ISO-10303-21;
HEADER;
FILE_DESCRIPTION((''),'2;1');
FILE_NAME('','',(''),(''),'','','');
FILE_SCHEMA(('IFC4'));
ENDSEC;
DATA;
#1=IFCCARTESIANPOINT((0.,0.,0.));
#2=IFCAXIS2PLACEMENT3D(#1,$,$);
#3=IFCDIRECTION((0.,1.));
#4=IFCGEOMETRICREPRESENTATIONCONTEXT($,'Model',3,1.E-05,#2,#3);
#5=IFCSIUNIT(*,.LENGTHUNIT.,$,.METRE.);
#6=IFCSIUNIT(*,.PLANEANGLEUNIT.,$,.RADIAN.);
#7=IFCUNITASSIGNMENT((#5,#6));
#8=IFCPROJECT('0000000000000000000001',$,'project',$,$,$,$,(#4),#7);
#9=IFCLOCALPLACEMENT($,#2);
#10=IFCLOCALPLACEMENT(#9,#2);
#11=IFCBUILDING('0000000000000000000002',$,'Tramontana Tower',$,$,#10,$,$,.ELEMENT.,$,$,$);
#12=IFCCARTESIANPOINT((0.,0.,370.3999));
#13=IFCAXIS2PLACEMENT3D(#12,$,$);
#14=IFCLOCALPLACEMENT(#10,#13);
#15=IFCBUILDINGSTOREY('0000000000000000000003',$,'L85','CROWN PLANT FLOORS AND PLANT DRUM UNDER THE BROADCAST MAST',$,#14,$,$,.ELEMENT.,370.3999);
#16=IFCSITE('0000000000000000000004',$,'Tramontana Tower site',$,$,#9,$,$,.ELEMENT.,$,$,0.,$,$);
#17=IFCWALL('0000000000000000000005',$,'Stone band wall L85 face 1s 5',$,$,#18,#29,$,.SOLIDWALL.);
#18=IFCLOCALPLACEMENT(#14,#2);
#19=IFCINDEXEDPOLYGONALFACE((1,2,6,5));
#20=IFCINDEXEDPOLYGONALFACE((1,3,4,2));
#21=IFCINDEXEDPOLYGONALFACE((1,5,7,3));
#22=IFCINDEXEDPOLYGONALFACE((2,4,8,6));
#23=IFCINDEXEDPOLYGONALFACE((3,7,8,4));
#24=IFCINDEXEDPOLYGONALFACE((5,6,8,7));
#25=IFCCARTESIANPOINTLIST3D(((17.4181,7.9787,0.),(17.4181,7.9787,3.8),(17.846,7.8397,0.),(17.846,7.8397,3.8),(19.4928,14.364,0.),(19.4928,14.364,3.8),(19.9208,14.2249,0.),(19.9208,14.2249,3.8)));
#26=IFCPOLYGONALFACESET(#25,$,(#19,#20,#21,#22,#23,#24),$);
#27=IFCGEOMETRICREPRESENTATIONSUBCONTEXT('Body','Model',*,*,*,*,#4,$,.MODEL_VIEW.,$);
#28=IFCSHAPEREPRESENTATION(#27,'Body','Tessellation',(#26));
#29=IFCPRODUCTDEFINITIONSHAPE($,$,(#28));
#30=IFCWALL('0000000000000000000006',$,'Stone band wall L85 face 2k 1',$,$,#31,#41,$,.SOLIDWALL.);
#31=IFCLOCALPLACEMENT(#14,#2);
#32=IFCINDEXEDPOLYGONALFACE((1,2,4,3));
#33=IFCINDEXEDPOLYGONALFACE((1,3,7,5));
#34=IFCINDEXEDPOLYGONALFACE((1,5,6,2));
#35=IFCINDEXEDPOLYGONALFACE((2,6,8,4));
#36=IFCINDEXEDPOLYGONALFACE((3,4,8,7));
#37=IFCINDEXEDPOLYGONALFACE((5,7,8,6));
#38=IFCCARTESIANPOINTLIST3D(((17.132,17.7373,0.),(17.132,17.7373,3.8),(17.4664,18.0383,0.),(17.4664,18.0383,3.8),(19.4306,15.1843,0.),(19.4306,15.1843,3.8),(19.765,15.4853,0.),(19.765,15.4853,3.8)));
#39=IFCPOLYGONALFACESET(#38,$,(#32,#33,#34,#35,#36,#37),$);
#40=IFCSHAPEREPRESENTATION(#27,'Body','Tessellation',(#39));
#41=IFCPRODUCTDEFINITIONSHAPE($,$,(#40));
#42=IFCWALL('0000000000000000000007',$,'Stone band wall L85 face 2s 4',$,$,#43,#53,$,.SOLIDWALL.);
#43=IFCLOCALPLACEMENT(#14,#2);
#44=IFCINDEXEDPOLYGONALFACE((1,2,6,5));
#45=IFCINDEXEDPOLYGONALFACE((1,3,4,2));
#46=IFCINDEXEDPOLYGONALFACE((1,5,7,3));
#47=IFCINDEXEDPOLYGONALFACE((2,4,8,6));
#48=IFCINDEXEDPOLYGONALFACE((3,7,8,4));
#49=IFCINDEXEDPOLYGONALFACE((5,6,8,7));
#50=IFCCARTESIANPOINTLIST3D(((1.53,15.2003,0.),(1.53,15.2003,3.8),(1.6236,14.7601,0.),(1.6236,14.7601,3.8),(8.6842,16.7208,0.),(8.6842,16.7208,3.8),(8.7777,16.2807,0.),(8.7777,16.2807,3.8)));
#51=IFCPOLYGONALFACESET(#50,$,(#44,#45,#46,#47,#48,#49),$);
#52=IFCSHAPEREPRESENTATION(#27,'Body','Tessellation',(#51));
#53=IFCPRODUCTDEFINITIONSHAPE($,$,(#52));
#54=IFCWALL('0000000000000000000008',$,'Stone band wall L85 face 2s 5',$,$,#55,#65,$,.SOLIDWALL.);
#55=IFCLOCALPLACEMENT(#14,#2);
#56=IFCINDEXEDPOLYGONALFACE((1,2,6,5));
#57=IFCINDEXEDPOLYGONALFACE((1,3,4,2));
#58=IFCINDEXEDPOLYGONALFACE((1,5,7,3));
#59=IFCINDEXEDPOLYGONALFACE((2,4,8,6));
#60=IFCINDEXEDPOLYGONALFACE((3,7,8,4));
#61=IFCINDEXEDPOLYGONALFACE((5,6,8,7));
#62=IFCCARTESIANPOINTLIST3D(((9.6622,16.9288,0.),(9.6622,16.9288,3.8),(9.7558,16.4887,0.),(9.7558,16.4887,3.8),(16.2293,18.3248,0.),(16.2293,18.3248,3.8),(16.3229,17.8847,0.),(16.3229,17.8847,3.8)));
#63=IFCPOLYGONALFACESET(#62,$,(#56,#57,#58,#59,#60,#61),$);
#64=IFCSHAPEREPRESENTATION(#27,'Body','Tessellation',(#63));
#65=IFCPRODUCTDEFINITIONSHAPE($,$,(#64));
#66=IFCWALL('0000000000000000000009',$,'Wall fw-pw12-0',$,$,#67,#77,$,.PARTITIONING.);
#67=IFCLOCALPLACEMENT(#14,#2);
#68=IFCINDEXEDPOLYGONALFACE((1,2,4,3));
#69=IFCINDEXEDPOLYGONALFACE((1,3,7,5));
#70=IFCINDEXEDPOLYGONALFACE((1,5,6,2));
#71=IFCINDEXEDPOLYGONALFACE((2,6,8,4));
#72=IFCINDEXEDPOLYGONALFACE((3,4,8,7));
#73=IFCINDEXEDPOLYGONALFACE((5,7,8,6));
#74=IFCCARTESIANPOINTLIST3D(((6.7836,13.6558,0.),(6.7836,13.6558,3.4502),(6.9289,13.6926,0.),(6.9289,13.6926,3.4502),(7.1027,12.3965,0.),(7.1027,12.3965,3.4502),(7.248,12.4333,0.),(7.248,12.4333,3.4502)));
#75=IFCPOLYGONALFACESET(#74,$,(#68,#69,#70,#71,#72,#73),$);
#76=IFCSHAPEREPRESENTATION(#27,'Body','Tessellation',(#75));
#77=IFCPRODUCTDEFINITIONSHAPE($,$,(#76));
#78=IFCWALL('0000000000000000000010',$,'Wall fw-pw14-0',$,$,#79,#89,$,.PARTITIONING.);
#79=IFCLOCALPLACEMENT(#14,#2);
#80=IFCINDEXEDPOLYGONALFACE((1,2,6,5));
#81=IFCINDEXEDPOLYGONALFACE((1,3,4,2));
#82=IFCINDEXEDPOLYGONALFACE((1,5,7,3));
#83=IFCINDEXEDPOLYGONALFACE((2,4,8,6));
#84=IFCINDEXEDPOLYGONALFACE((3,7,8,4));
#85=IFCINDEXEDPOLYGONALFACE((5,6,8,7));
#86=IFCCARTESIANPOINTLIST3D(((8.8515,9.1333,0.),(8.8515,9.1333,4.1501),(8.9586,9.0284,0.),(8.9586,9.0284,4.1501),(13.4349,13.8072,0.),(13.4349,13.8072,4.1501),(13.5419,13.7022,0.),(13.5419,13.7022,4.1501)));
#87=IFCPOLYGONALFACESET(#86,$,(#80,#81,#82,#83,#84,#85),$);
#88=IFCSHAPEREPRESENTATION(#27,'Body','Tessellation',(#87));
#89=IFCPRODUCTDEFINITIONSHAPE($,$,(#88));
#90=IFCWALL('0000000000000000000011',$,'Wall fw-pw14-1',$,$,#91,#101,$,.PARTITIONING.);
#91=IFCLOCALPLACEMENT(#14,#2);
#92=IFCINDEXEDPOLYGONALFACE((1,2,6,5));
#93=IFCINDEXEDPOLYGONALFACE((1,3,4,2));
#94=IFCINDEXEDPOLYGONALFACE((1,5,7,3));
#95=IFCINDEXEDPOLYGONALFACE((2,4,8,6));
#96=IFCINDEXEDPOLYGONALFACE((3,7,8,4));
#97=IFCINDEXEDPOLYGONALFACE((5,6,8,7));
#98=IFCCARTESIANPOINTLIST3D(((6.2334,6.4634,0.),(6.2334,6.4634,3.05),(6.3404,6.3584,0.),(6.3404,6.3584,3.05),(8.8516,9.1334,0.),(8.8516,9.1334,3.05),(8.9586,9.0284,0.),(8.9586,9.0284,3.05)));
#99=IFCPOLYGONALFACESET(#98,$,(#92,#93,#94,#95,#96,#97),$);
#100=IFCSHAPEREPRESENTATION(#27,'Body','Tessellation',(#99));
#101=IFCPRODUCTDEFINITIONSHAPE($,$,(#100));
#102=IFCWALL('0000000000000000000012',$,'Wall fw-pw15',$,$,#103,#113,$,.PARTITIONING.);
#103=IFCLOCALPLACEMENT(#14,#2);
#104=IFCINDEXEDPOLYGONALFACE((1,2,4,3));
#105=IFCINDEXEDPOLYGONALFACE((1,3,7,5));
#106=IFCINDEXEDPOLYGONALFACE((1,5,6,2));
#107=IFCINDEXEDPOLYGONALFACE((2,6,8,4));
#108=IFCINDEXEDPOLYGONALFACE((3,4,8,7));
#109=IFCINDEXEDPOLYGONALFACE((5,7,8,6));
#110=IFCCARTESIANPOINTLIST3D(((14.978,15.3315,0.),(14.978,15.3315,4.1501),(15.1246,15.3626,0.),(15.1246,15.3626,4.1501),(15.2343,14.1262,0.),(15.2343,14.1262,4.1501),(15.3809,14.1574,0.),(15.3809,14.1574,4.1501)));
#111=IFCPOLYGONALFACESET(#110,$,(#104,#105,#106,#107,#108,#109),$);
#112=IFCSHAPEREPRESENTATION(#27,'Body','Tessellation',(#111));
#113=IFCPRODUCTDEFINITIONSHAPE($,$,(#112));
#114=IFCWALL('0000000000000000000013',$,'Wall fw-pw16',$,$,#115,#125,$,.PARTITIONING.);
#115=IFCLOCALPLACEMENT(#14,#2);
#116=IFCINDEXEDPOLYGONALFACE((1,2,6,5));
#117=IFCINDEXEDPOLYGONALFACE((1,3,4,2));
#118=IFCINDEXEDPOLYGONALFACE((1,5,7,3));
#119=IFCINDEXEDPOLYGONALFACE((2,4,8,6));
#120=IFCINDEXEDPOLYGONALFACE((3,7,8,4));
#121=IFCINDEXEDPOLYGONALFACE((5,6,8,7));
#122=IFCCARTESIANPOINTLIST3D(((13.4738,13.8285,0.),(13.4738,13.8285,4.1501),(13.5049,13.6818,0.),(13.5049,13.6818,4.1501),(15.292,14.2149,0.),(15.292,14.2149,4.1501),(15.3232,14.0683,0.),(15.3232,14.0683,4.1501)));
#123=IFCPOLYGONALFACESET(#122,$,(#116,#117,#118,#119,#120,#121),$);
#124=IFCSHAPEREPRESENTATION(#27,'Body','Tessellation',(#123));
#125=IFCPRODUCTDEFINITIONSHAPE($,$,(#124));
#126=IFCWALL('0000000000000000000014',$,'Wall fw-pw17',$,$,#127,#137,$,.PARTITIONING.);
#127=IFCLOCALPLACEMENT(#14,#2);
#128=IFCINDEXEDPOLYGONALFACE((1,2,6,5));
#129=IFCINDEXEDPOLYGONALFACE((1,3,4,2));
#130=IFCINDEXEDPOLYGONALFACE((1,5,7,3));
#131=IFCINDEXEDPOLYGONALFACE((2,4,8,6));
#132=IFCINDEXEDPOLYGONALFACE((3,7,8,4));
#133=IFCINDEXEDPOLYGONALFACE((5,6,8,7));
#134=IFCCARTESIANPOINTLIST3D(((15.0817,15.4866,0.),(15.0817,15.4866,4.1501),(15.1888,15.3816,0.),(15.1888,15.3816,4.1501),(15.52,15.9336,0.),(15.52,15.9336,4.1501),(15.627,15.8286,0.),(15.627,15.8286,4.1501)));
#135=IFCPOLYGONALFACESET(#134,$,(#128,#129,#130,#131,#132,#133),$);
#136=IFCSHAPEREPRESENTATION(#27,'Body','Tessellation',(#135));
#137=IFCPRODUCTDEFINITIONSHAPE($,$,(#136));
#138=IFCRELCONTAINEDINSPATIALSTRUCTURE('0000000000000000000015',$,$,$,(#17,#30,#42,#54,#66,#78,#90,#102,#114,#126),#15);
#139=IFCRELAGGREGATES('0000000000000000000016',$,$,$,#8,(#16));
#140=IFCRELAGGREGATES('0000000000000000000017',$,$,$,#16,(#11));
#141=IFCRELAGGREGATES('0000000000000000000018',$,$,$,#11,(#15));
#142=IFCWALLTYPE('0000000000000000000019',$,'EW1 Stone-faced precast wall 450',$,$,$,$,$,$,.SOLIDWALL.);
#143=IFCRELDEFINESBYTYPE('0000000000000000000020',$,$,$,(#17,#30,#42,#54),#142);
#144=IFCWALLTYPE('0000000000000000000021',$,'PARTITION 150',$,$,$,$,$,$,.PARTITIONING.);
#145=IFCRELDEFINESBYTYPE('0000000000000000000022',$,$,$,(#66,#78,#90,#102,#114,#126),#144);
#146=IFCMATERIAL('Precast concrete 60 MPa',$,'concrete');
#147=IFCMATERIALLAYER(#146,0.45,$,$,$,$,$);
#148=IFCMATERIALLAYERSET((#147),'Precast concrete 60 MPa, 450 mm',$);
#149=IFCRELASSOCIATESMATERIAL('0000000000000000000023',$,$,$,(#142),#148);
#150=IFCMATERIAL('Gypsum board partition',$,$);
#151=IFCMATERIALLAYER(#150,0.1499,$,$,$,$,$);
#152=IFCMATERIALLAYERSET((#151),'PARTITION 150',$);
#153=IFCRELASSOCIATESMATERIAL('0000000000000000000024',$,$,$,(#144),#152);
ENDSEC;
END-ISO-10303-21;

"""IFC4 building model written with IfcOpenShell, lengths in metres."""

from ifc_helpers import new_model, si_unit, direction, frame, frame_2d, origin, place, context, subcontext, project, spatial, rectangle, extrude, material, layer, layer_set, type_object, element, save


model = new_model("IFC4")

# Units and contexts
model_context = context("Model", 3, precision=1e-05, world=origin(), true_north=direction((0.0, 1.0)))
body_context = subcontext(model_context, "Body", "Model", "MODEL_VIEW")
ifc_project = project(units=[si_unit("LENGTHUNIT", "METRE"), si_unit("PLANEANGLEUNIT", "RADIAN")], contexts=[model_context])

# Site, building, storey
site_placement = place(None, origin())
site = spatial("IfcSite", under=ifc_project, at=site_placement, Name="Tramontana Tower site", CompositionType="ELEMENT", RefElevation=0.0)
building_placement = place(site_placement, origin())
building = spatial("IfcBuilding", under=site, at=building_placement, Name="Tramontana Tower", CompositionType="ELEMENT")
storey_placement = place(building_placement, frame((0.0, 0.0, 370.3999)))
storey = spatial("IfcBuildingStorey", under=building, at=storey_placement, Name="L85", Description="CROWN PLANT FLOORS AND PLANT DRUM UNDER THE BROADCAST MAST", CompositionType="ELEMENT", Elevation=370.3999)

# Walls
ifc_material_1 = material(Name="Precast concrete 60 MPa", Category="concrete")
ifc_layer_1 = layer(ifc_material_1, 0.45)
ifc_layer_set_1 = layer_set([ifc_layer_1], Name="Precast concrete 60 MPa, 450 mm")
wall_type_1 = type_object("IfcWallType", Name="EW1 Stone-faced precast wall 450", PredefinedType="SOLIDWALL", material=ifc_layer_set_1)
wall_1_placement = place(storey_placement, frame((17.6321, 7.9092, 0.0), z_axis=(0.0, 0.0, 1.0), x_axis=(0.309019, 0.951056, 0.0)))
element("IfcWall", 1, at=wall_1_placement, inside=storey, type_object=wall_type_1, Name="Stone band wall L85 face 1s 5", PredefinedType="SOLIDWALL", context=body_context, shape_type="SweptSolid", body=[
    extrude(rectangle(XDim=6.7139, YDim=0.45, at=frame_2d((3.3569, 0.0))), origin(), (0.0, 0.0, 1.0), 3.8),
])
wall_2_placement = place(storey_placement, frame((19.5979, 15.3347, 0.0), z_axis=(0.0, 0.0, 1.0), x_axis=(-0.66911, 0.743163, 0.0)))
element("IfcWall", 2, at=wall_2_placement, inside=storey, type_object=wall_type_1, Name="Stone band wall L85 face 2k 1", PredefinedType="SOLIDWALL", context=body_context, shape_type="SweptSolid", body=[
    extrude(rectangle(XDim=3.4353, YDim=0.45, at=frame_2d((1.7178, 0.0))), origin(), (0.0, 0.0, 1.0), 3.8),
])
wall_3_placement = place(storey_placement, frame((8.731, 16.5007, 0.0), z_axis=(0.0, 0.0, 1.0), x_axis=(-0.978151, -0.207894, 0.0)))
element("IfcWall", 3, at=wall_3_placement, inside=storey, type_object=wall_type_1, Name="Stone band wall L85 face 2s 4", PredefinedType="SOLIDWALL", context=body_context, shape_type="SweptSolid", body=[
    extrude(rectangle(XDim=7.314, YDim=0.45, at=frame_2d((3.657, 0.0))), origin(), (0.0, 0.0, 1.0), 3.8),
])
wall_4_placement = place(storey_placement, frame((16.2761, 18.1047, 0.0), z_axis=(0.0, 0.0, 1.0), x_axis=(-0.978144, -0.207927, 0.0)))
element("IfcWall", 4, at=wall_4_placement, inside=storey, type_object=wall_type_1, Name="Stone band wall L85 face 2s 5", PredefinedType="SOLIDWALL", context=body_context, shape_type="SweptSolid", body=[
    extrude(rectangle(XDim=6.7139, YDim=0.45, at=frame_2d((3.3569, 0.0))), origin(), (0.0, 0.0, 1.0), 3.8),
])
ifc_material_2 = material(Name="Gypsum board partition")
ifc_layer_2 = layer(ifc_material_2, 0.1499)
ifc_layer_set_2 = layer_set([ifc_layer_2], Name="PARTITION 150")
wall_type_2 = type_object("IfcWallType", Name="PARTITION 150", PredefinedType="PARTITIONING", material=ifc_layer_set_2)
wall_5_placement = place(storey_placement, frame((7.1753, 12.415, 0.0), z_axis=(0.0, 0.0, 1.0), x_axis=(-0.24563, 0.969364, 0.0)))
element("IfcWall", 5, at=wall_5_placement, inside=storey, type_object=wall_type_2, Name="Wall fw-pw12-0", PredefinedType="PARTITIONING", context=body_context, shape_type="SweptSolid", body=[
    extrude(rectangle(XDim=1.2991, YDim=0.1499, at=frame_2d((0.6494, 0.0))), origin(), (0.0, 0.0, 1.0), 3.4502),
])
wall_6_placement = place(storey_placement, frame((13.4883, 13.7546, 0.0), z_axis=(0.0, 0.0, 1.0), x_axis=(-0.700155, -0.713991, 0.0)))
element("IfcWall", 6, at=wall_6_placement, inside=storey, type_object=wall_type_2, Name="Wall fw-pw14-0", PredefinedType="PARTITIONING", context=body_context, shape_type="SweptSolid", body=[
    extrude(rectangle(XDim=6.5461, YDim=0.1499, at=frame_2d((3.2729, 0.0))), origin(), (0.0, 0.0, 1.0), 4.1501),
])
wall_7_placement = place(storey_placement, frame((8.905, 9.0808, 0.0), z_axis=(0.0, 0.0, 1.0), x_axis=(-0.700152, -0.713993, 0.0)))
element("IfcWall", 7, at=wall_7_placement, inside=storey, type_object=wall_type_2, Name="Wall fw-pw14-1", PredefinedType="PARTITIONING", context=body_context, shape_type="SweptSolid", body=[
    extrude(rectangle(XDim=3.7395, YDim=0.1499, at=frame_2d((1.8696, 0.0))), origin(), (0.0, 0.0, 1.0), 3.05),
])
wall_8_placement = place(storey_placement, frame((15.0513, 15.3472, 0.0), z_axis=(0.0, 0.0, 1.0), x_axis=(0.208027, -0.978123, 0.0)))
element("IfcWall", 8, at=wall_8_placement, inside=storey, type_object=wall_type_2, Name="Wall fw-pw15", PredefinedType="PARTITIONING", context=body_context, shape_type="SweptSolid", body=[
    extrude(rectangle(XDim=1.2322, YDim=0.1499, at=frame_2d((0.6162, 0.0))), origin(), (0.0, 0.0, 1.0), 4.1501),
])
wall_9_placement = place(storey_placement, frame((15.3076, 14.1416, 0.0), z_axis=(0.0, 0.0, 1.0), x_axis=(-0.978151, -0.207896, 0.0)))
element("IfcWall", 9, at=wall_9_placement, inside=storey, type_object=wall_type_2, Name="Wall fw-pw16", PredefinedType="PARTITIONING", context=body_context, shape_type="SweptSolid", body=[
    extrude(rectangle(XDim=1.8589, YDim=0.1499, at=frame_2d((0.9294, 0.0))), origin(), (0.0, 0.0, 1.0), 4.1501),
])
wall_10_placement = place(storey_placement, frame((15.5735, 15.8811, 0.0), z_axis=(0.0, 0.0, 1.0), x_axis=(-0.700052, -0.714092, 0.0)))
element("IfcWall", 10, at=wall_10_placement, inside=storey, type_object=wall_type_2, Name="Wall fw-pw17", PredefinedType="PARTITIONING", context=body_context, shape_type="SweptSolid", body=[
    extrude(rectangle(XDim=0.626, YDim=0.1499, at=frame_2d((0.313, 0.0))), origin(), (0.0, 0.0, 1.0), 4.1501),
])

save(model, "model.ifc")
